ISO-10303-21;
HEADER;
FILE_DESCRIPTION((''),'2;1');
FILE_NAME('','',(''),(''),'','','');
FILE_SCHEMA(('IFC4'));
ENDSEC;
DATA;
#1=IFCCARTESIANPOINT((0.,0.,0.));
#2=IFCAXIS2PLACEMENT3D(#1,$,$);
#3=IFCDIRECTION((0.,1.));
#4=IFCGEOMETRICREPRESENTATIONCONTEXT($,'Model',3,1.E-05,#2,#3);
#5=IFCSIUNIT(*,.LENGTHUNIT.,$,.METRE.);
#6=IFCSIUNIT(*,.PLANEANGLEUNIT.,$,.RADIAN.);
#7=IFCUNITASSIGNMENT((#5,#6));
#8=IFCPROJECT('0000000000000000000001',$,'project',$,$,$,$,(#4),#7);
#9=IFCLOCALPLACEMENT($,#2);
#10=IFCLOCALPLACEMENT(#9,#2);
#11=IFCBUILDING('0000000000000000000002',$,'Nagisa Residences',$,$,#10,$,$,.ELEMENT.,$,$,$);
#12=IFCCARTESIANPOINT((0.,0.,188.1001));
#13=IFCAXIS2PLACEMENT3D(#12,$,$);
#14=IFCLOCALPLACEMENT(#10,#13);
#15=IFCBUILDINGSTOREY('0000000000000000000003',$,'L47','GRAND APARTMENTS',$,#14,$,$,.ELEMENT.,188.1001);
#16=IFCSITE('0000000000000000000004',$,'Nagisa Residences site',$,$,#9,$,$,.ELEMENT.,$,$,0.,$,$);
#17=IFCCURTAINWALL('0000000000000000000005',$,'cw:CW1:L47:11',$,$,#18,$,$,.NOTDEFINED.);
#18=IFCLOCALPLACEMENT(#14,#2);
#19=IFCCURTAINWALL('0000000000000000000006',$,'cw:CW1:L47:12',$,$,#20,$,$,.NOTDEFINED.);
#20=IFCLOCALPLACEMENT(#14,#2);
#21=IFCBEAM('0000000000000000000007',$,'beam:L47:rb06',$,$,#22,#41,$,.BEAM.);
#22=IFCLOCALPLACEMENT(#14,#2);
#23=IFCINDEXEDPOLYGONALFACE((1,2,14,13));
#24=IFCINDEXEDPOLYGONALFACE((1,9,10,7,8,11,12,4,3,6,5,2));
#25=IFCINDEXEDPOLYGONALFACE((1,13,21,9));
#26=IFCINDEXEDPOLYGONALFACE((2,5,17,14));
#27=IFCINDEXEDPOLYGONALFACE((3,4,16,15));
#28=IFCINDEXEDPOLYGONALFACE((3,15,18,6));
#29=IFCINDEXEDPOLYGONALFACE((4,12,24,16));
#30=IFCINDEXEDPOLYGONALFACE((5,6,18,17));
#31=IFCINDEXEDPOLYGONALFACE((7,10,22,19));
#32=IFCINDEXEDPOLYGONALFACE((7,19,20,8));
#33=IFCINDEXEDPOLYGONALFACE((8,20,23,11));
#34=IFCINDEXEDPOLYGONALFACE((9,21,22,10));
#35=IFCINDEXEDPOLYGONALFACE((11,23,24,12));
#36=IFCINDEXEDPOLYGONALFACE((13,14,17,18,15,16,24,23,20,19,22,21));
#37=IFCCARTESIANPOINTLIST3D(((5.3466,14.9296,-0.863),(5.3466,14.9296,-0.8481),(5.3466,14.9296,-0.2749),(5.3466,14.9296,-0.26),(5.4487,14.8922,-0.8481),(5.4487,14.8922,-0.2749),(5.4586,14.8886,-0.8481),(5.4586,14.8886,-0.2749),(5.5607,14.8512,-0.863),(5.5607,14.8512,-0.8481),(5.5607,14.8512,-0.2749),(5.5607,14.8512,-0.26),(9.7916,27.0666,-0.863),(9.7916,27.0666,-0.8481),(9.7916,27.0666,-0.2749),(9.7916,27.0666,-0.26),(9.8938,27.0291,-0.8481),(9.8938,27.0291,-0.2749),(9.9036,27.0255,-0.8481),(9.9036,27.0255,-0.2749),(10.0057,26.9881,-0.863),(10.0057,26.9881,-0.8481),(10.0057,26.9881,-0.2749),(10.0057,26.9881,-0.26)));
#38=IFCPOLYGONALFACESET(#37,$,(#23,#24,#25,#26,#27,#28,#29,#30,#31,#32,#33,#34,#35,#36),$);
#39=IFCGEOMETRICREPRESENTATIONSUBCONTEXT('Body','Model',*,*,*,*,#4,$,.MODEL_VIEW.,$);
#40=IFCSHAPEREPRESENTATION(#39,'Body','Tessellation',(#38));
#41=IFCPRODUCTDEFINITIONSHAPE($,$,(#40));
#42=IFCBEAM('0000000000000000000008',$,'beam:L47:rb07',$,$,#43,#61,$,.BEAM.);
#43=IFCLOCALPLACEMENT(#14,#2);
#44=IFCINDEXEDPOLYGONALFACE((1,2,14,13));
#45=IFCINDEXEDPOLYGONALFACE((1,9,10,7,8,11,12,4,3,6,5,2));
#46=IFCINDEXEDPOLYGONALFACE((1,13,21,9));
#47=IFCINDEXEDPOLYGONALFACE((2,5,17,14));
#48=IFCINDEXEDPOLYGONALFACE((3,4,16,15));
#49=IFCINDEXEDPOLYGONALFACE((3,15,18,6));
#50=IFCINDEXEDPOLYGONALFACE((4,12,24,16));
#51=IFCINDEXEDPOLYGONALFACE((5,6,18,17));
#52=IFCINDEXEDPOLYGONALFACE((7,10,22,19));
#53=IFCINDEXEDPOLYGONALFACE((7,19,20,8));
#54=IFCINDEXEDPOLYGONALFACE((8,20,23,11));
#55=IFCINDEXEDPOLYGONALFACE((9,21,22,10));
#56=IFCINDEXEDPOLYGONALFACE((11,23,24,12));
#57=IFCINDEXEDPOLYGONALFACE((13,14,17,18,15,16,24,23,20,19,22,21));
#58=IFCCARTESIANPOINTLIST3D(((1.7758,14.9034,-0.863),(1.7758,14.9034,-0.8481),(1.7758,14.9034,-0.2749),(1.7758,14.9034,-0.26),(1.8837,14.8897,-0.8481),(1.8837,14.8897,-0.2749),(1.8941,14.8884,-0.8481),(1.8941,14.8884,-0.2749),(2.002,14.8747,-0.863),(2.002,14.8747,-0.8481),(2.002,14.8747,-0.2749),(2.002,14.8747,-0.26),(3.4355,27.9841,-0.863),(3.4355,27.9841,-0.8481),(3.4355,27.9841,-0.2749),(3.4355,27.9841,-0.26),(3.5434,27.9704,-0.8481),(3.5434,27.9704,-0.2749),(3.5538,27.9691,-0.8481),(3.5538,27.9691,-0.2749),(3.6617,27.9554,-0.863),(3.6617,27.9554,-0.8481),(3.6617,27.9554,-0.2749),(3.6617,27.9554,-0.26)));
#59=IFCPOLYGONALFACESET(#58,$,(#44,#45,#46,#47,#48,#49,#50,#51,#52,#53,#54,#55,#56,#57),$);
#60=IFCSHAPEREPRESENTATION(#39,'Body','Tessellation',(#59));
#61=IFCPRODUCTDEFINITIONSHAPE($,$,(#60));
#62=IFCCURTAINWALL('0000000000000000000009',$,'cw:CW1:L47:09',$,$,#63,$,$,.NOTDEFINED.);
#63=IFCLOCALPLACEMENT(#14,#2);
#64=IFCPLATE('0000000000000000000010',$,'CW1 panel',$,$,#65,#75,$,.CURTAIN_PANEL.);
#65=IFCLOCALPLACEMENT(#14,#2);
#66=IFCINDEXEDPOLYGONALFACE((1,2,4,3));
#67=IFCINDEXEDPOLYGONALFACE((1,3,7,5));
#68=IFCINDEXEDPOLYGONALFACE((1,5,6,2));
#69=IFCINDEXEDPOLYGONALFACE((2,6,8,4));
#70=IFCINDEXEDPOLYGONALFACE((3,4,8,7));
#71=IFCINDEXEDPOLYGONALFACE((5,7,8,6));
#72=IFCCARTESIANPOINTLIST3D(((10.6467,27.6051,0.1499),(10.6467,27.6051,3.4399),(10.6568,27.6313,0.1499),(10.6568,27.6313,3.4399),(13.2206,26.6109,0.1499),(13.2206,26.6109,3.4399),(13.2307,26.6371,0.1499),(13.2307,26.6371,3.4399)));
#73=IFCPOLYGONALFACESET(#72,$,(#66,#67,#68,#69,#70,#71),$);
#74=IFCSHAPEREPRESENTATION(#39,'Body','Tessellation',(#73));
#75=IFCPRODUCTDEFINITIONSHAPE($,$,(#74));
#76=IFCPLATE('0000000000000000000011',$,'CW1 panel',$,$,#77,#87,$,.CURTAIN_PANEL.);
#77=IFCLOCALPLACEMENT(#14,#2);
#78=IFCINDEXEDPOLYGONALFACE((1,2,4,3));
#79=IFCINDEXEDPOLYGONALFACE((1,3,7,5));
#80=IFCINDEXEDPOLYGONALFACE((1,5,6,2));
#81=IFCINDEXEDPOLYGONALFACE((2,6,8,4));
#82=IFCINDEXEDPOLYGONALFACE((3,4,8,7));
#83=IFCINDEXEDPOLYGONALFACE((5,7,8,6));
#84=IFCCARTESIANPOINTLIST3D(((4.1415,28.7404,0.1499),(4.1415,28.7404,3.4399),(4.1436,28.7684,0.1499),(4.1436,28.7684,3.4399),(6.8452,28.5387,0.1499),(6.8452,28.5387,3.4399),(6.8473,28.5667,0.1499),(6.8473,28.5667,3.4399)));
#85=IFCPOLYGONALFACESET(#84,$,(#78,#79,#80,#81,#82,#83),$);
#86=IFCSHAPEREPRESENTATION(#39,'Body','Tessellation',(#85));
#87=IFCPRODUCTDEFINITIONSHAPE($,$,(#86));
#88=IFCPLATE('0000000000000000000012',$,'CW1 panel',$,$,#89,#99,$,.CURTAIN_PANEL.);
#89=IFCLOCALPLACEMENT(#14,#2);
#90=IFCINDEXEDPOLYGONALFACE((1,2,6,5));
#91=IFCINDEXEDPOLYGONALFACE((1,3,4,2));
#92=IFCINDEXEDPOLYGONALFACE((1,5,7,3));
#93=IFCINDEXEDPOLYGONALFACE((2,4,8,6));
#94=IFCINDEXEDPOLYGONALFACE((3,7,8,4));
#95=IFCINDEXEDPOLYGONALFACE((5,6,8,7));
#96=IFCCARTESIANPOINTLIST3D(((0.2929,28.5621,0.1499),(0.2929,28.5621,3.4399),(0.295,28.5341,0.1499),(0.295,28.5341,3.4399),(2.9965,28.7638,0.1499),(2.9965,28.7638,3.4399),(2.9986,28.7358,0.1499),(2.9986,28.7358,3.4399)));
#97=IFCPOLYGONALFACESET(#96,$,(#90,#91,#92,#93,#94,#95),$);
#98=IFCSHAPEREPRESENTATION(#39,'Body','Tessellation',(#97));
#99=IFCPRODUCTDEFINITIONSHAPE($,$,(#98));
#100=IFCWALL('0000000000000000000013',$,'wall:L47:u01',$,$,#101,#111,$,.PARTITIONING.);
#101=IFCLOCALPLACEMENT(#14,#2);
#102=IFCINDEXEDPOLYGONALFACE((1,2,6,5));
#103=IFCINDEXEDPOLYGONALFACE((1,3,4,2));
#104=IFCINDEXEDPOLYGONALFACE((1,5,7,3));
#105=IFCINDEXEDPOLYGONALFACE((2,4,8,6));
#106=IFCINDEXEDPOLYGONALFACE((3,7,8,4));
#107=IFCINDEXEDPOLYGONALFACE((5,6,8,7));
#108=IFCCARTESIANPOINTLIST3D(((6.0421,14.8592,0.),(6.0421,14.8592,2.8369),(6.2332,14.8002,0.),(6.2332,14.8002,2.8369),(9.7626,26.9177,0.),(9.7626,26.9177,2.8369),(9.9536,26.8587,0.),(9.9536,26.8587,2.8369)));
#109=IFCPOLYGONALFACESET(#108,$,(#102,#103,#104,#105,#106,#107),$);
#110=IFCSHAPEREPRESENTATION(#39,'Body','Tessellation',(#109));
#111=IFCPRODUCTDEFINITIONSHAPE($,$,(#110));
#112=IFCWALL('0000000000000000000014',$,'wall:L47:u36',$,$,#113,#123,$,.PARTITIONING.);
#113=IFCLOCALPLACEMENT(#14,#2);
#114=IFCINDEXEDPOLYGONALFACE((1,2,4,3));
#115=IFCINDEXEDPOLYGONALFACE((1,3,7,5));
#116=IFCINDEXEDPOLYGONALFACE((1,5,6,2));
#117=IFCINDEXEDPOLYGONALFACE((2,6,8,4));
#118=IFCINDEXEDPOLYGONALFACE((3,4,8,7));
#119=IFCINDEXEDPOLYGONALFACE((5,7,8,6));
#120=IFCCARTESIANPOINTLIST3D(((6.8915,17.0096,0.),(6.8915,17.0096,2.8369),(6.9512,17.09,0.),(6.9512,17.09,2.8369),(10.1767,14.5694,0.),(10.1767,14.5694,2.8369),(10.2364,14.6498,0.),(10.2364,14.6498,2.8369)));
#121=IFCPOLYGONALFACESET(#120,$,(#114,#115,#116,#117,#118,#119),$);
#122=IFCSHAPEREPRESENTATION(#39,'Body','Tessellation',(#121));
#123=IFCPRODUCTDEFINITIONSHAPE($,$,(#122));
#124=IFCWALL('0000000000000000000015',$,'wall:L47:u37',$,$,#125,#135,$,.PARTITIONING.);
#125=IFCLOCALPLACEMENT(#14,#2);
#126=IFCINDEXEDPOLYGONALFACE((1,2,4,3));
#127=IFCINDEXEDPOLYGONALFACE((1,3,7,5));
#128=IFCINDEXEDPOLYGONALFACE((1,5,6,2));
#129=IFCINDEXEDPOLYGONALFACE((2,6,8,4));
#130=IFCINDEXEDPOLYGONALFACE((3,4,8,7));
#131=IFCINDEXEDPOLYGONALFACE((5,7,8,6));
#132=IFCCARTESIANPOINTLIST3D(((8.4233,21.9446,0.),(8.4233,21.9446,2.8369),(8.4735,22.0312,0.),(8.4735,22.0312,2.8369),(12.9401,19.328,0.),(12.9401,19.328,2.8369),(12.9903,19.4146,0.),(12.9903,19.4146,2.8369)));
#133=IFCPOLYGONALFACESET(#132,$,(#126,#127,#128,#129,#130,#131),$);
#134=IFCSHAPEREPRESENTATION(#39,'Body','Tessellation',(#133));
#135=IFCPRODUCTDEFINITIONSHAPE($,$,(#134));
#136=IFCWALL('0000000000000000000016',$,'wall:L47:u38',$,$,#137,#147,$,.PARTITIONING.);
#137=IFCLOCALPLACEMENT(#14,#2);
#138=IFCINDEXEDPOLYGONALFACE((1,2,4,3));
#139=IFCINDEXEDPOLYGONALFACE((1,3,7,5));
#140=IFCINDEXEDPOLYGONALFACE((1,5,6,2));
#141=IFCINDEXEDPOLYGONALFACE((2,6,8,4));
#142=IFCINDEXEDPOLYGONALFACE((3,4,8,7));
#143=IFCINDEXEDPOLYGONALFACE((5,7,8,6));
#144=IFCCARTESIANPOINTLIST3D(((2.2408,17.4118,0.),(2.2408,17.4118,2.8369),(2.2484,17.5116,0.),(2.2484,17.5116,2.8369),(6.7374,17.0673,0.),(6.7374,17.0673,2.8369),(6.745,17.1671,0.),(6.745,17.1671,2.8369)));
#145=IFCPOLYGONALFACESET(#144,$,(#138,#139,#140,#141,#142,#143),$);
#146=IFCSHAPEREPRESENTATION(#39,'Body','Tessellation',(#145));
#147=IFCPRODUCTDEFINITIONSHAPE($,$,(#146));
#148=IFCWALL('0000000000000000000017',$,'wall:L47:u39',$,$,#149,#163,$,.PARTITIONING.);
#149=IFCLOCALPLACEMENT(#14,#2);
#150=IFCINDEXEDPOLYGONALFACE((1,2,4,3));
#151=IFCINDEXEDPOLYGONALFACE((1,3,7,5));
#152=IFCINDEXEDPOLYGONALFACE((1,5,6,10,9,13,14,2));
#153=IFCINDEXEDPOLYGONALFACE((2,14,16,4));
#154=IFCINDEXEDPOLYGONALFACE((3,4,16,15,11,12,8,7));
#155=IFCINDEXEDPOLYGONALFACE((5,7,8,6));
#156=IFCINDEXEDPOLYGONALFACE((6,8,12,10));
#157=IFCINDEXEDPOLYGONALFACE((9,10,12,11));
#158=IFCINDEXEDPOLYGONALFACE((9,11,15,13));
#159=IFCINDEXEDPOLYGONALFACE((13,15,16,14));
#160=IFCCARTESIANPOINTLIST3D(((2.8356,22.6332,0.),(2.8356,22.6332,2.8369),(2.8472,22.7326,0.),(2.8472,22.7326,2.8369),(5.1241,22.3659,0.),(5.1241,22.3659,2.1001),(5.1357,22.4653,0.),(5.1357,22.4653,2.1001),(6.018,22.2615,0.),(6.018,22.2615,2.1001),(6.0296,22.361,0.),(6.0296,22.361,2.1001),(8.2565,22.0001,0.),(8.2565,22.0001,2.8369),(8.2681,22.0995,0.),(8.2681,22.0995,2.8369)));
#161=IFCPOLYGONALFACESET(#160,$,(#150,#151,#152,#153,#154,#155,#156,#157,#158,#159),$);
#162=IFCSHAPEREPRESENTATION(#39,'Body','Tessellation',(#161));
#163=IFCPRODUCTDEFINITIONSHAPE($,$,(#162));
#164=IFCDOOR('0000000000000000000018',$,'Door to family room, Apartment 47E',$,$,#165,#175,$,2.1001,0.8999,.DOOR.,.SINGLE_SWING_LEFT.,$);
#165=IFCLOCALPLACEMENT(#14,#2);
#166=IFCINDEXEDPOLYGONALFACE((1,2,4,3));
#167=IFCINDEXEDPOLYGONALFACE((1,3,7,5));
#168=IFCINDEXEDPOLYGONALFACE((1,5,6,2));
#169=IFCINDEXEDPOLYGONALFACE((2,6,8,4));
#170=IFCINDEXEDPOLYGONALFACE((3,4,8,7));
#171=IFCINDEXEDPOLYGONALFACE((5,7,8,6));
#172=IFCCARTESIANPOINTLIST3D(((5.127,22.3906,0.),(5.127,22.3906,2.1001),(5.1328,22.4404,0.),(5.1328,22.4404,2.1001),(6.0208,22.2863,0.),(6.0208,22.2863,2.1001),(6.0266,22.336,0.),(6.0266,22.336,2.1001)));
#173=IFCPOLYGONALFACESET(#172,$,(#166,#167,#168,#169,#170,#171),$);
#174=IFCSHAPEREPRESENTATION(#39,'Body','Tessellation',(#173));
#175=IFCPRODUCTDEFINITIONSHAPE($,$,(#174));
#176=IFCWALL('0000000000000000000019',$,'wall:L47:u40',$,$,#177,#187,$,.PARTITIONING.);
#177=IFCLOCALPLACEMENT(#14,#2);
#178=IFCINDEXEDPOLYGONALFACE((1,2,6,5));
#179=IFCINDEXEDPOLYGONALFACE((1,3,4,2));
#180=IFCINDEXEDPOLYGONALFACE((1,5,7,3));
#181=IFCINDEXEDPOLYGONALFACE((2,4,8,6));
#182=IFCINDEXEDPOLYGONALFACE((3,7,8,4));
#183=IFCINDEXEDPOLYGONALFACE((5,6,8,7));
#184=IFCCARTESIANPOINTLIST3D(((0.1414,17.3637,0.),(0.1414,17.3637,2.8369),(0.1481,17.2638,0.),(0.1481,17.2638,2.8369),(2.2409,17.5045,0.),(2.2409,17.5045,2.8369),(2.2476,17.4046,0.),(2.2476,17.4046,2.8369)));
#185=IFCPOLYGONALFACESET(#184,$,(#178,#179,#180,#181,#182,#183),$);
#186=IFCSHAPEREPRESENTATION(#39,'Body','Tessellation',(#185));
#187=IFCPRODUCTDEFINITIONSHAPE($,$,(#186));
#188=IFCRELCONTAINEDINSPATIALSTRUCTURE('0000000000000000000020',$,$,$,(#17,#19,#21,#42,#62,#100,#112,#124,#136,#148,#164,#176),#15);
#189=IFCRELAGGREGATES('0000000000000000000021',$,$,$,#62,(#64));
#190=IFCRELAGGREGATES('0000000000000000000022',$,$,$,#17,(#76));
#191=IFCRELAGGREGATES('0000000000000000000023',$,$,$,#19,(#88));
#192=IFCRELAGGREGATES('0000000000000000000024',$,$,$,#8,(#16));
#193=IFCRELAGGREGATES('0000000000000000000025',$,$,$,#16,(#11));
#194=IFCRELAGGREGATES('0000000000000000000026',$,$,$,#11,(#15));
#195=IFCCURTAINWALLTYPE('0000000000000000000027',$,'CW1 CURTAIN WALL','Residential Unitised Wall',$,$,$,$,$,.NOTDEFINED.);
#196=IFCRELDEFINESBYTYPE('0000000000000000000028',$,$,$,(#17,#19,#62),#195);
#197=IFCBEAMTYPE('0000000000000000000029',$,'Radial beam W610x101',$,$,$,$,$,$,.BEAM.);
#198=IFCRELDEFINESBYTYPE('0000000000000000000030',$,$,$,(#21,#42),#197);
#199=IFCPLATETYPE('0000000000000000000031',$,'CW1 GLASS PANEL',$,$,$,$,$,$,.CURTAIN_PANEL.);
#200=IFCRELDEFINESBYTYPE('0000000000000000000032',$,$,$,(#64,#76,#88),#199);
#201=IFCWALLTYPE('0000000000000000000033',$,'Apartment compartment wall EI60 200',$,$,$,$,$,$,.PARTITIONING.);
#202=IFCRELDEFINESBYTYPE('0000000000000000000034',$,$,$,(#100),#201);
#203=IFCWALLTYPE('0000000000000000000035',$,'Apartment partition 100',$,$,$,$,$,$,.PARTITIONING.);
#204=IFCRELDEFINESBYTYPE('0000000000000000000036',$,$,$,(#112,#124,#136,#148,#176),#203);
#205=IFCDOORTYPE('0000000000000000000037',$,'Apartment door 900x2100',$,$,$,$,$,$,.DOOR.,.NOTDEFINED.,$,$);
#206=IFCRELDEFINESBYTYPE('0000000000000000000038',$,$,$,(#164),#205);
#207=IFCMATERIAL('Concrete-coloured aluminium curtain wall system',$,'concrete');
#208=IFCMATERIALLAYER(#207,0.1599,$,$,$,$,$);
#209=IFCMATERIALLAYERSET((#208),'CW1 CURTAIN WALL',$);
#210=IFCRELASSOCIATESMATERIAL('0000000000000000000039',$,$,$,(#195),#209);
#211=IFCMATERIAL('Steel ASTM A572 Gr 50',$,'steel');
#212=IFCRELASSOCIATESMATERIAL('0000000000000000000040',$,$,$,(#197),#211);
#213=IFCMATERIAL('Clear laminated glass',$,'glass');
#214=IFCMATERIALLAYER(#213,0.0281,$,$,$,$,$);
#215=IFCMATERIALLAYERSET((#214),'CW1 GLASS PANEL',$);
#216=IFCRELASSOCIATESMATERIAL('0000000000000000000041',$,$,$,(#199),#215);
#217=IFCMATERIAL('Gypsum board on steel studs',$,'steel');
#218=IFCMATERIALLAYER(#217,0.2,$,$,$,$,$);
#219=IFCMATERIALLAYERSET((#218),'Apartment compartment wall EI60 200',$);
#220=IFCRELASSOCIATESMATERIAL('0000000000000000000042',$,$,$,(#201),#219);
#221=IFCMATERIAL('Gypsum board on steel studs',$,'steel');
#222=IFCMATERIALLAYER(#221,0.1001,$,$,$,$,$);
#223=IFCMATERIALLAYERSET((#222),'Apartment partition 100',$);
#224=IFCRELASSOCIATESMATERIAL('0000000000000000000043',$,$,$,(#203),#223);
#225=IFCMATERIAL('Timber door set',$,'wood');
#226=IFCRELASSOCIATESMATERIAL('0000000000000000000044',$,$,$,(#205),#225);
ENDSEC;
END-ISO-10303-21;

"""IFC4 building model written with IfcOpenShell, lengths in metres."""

from ifc_helpers import new_model, si_unit, direction, frame, frame_2d, origin, origin_2d, place, context, subcontext, project, spatial, rectangle, i_section, extrude, material, layer, layer_set, material_profile, profile_set, type_object, element, fill, aggregate, save


model = new_model("IFC4")

# Units and contexts
model_context = context("Model", 3, precision=1e-05, world=origin(), true_north=direction((0.0, 1.0)))
body_context = subcontext(model_context, "Body", "Model", "MODEL_VIEW")
ifc_project = project(units=[si_unit("LENGTHUNIT", "METRE"), si_unit("PLANEANGLEUNIT", "RADIAN")], contexts=[model_context])

# Site, building, storey
site_placement = place(None, origin())
site = spatial("IfcSite", under=ifc_project, at=site_placement, Name="Nagisa Residences site", CompositionType="ELEMENT", RefElevation=0.0)
building_placement = place(site_placement, origin())
building = spatial("IfcBuilding", under=site, at=building_placement, Name="Nagisa Residences", CompositionType="ELEMENT")
storey_placement = place(building_placement, frame((0.0, 0.0, 188.1001)))
storey = spatial("IfcBuildingStorey", under=building, at=storey_placement, Name="L47", Description="GRAND APARTMENTS", CompositionType="ELEMENT", Elevation=188.1001)

# Curtain walls
ifc_material_1 = material(Name="Concrete-coloured aluminium curtain wall system", Category="concrete")
ifc_layer_1 = layer(ifc_material_1, 0.1599)
ifc_layer_set_1 = layer_set([ifc_layer_1], Name="CW1 CURTAIN WALL")
curtain_wall_type = type_object("IfcCurtainWallType", Name="CW1 CURTAIN WALL", Description="Residential Unitised Wall", PredefinedType="NOTDEFINED", material=ifc_layer_set_1)
curtain_wall_1_placement = place(storey_placement, origin())
curtain_wall_1 = element("IfcCurtainWall", 1, at=curtain_wall_1_placement, inside=storey, type_object=curtain_wall_type, Name="cw:CW1:L47:11", PredefinedType="NOTDEFINED")
curtain_wall_2_placement = place(storey_placement, origin())
curtain_wall_2 = element("IfcCurtainWall", 2, at=curtain_wall_2_placement, inside=storey, type_object=curtain_wall_type, Name="cw:CW1:L47:12", PredefinedType="NOTDEFINED")

# Beams
ifc_material_2 = material(Name="Steel ASTM A572 Gr 50", Category="steel")
ifc_material_profile_1 = material_profile(ifc_material_2, i_section(OverallWidth=0.228, OverallDepth=0.603, WebThickness=0.0105, FlangeThickness=0.0149, at=origin_2d()), Name="W610x101")
ifc_profile_set_1 = profile_set([ifc_material_profile_1], Name="Steel ASTM A572 Gr 50")
beam_type_1 = type_object("IfcBeamType", Name="Radial beam W610x101", PredefinedType="BEAM", material=ifc_profile_set_1)
beam_1_placement = place(storey_placement, frame((9.8987, 27.0273, -0.5615), z_axis=(-0.343903, -0.939005, 0.0), x_axis=(0.939005, -0.343903, 0.0)))
element("IfcBeam", 3, at=beam_1_placement, inside=storey, type_object=beam_type_1, Name="beam:L47:rb06", PredefinedType="BEAM", context=body_context, shape_type="SweptSolid", body=[
    extrude(i_section(OverallWidth=0.228, OverallDepth=0.603, WebThickness=0.0105, FlangeThickness=0.0149, at=origin_2d()), origin(), (0.0, 0.0, 1.0), 12.9253),
])
beam_2_placement = place(storey_placement, frame((3.5486, 27.9697, -0.5615), z_axis=(-0.125871, -0.992047, 0.0), x_axis=(0.992047, -0.125871, 0.0)))
element("IfcBeam", 4, at=beam_2_placement, inside=storey, type_object=beam_type_1, Name="beam:L47:rb07", PredefinedType="BEAM", context=body_context, shape_type="SweptSolid", body=[
    extrude(i_section(OverallWidth=0.228, OverallDepth=0.603, WebThickness=0.0105, FlangeThickness=0.0149, at=origin_2d()), origin(), (0.0, 0.0, 1.0), 13.1855),
])

# Curtain wall, plate
curtain_wall_3_placement = place(storey_placement, origin())
curtain_wall_3 = element("IfcCurtainWall", 5, at=curtain_wall_3_placement, inside=storey, type_object=curtain_wall_type, Name="cw:CW1:L47:09", PredefinedType="NOTDEFINED")
ifc_material_3 = material(Name="Clear laminated glass", Category="glass")
ifc_layer_2 = layer(ifc_material_3, 0.0281)
ifc_layer_set_2 = layer_set([ifc_layer_2], Name="CW1 GLASS PANEL")
plate_type = type_object("IfcPlateType", Name="CW1 GLASS PANEL", PredefinedType="CURTAIN_PANEL", material=ifc_layer_set_2)
plate_1_placement = place(storey_placement, frame((11.9387, 27.1211, 0.1499), z_axis=(0.0, 0.0, 1.0), x_axis=(-0.932826, 0.360328, 0.0)))
plate_1 = element("IfcPlate", 6, at=plate_1_placement, type_object=plate_type, Name="CW1 panel", PredefinedType="CURTAIN_PANEL", context=body_context, shape_type="SweptSolid", body=[
    extrude(rectangle(XDim=2.7593, YDim=0.0281, at=origin_2d()), origin(), (0.0, 0.0, 1.0), 3.29),
])
aggregate(curtain_wall_3, [plate_1])

# Plates
plate_2_placement = place(storey_placement, frame((5.4944, 28.6536, 0.1499), z_axis=(0.0, 0.0, 1.0), x_axis=(-0.99723, 0.074377, 0.0)))
plate_2 = element("IfcPlate", 7, at=plate_2_placement, type_object=plate_type, Name="CW1 panel", PredefinedType="CURTAIN_PANEL", context=body_context, shape_type="SweptSolid", body=[
    extrude(rectangle(XDim=2.7112, YDim=0.0281, at=origin_2d()), origin(), (0.0, 0.0, 1.0), 3.29),
])
aggregate(curtain_wall_1, [plate_2])
plate_3_placement = place(storey_placement, frame((1.6458, 28.6489, 0.1499), z_axis=(0.0, 0.0, 1.0), x_axis=(-0.99723, -0.074377, 0.0)))
plate_3 = element("IfcPlate", 8, at=plate_3_placement, type_object=plate_type, Name="CW1 panel", PredefinedType="CURTAIN_PANEL", context=body_context, shape_type="SweptSolid", body=[
    extrude(rectangle(XDim=2.7112, YDim=0.0281, at=origin_2d()), origin(), (0.0, 0.0, 1.0), 3.29),
])
aggregate(curtain_wall_2, [plate_3])

# Walls
ifc_material_4 = material(Name="Gypsum board on steel studs", Category="steel")
ifc_layer_3 = layer(ifc_material_4, 0.2)
ifc_layer_set_3 = layer_set([ifc_layer_3], Name="Apartment compartment wall EI60 200")
wall_type_1 = type_object("IfcWallType", Name="Apartment compartment wall EI60 200", PredefinedType="PARTITIONING", material=ifc_layer_set_3)
wall_1_placement = place(storey_placement, frame((6.1377, 14.8298, 0.0), z_axis=(0.0, 0.0, 1.0), x_axis=(0.294819, 0.955553, 0.0)))
element("IfcWall", 9, at=wall_1_placement, inside=storey, type_object=wall_type_1, Name="wall:L47:u01", PredefinedType="PARTITIONING", context=body_context, shape_type="SweptSolid", body=[
    extrude(rectangle(XDim=12.6194, YDim=0.2, at=frame_2d((6.3096, 0.0))), origin(), (0.0, 0.0, 1.0), 2.8369),
])
ifc_material_5 = material(Name="Gypsum board on steel studs", Category="steel")
ifc_layer_4 = layer(ifc_material_5, 0.1001)
ifc_layer_set_4 = layer_set([ifc_layer_4], Name="Apartment partition 100")
wall_type_2 = type_object("IfcWallType", Name="Apartment partition 100", PredefinedType="PARTITIONING", material=ifc_layer_set_4)
wall_2_placement = place(storey_placement, frame((10.2065, 14.6096, 0.0), z_axis=(0.0, 0.0, 1.0), x_axis=(-0.802769, 0.59629, 0.0)))
element("IfcWall", 10, at=wall_2_placement, inside=storey, type_object=wall_type_2, Name="wall:L47:u36", PredefinedType="PARTITIONING", context=body_context, shape_type="SweptSolid", body=[
    extrude(rectangle(XDim=4.0923, YDim=0.1001, at=frame_2d((2.0461, 0.0))), origin(), (0.0, 0.0, 1.0), 2.8369),
])
wall_3_placement = place(storey_placement, frame((12.9651, 19.3713, 0.0), z_axis=(0.0, 0.0, 1.0), x_axis=(-0.865286, 0.501278, 0.0)))
element("IfcWall", 11, at=wall_3_placement, inside=storey, type_object=wall_type_2, Name="wall:L47:u37", PredefinedType="PARTITIONING", context=body_context, shape_type="SweptSolid", body=[
    extrude(rectangle(XDim=5.22, YDim=0.1001, at=frame_2d((2.6099, 0.0))), origin(), (0.0, 0.0, 1.0), 2.8369),
])
wall_4_placement = place(storey_placement, frame((6.7412, 17.1172, 0.0), z_axis=(0.0, 0.0, 1.0), x_axis=(-0.997078, 0.076386, 0.0)))
element("IfcWall", 12, at=wall_4_placement, inside=storey, type_object=wall_type_2, Name="wall:L47:u38", PredefinedType="PARTITIONING", context=body_context, shape_type="SweptSolid", body=[
    extrude(rectangle(XDim=4.5098, YDim=0.1001, at=frame_2d((2.2549, 0.0))), origin(), (0.0, 0.0, 1.0), 2.8369),
])

# Wall, opening, door
wall_5_placement = place(storey_placement, frame((8.2625, 22.0498, 0.0), z_axis=(0.0, 0.0, 1.0), x_axis=(-0.99325, 0.115993, 0.0)))
wall_5 = element("IfcWall", 13, at=wall_5_placement, inside=storey, type_object=wall_type_2, Name="wall:L47:u39", PredefinedType="PARTITIONING", context=body_context, shape_type="SweptSolid", body=[
    extrude(rectangle(XDim=5.4578, YDim=0.1001, at=frame_2d((2.729, 0.0))), origin(), (0.0, 0.0, 1.0), 2.8369),
])
opening_1_placement = place(wall_5_placement, frame((2.2539, 0.0, 0.0)))
opening_1 = element("IfcOpeningElement", 14, at=opening_1_placement, cuts=wall_5, PredefinedType="OPENING", context=body_context, shape_type="SweptSolid", body=[
    extrude(rectangle(XDim=0.8999, YDim=2.1001, at=frame_2d((0.45, 1.05))), frame((0.0, 0.0601, 0.0), z_axis=(0.0, -1.0, 0.0), x_axis=(1.0, 0.0, 0.0)), (0.0, 0.0, 1.0), 0.1201),
])
ifc_material_6 = material(Name="Timber door set", Category="wood")
door_type_1 = type_object("IfcDoorType", Name="Apartment door 900x2100", OperationType="NOTDEFINED", PredefinedType="DOOR", material=ifc_material_6)
door_1_placement = place(opening_1_placement, frame((0.8999, 0.0, 0.0), x_axis=(-1.0, 0.0, 0.0)))
door_1 = element("IfcDoor", 15, at=door_1_placement, inside=storey, type_object=door_type_1, Name="Door to family room, Apartment 47E", OperationType="SINGLE_SWING_LEFT", OverallHeight=2.1001, OverallWidth=0.8999, PredefinedType="DOOR", context=body_context, shape_type="SweptSolid", body=[
    extrude(rectangle(XDim=0.8999, YDim=2.1001, at=frame_2d((0.45, 1.05))), frame((0.0, 0.0249, 0.0), z_axis=(0.0, -1.0, 0.0), x_axis=(1.0, 0.0, 0.0)), (0.0, 0.0, 1.0), 0.05),
])
fill(opening_1, door_1)

# Wall
wall_6_placement = place(storey_placement, frame((2.2444, 17.4546, 0.0), z_axis=(0.0, 0.0, 1.0), x_axis=(-0.997757, -0.066943, 0.0)))
element("IfcWall", 16, at=wall_6_placement, inside=storey, type_object=wall_type_2, Name="wall:L47:u40", PredefinedType="PARTITIONING", context=body_context, shape_type="SweptSolid", body=[
    extrude(rectangle(XDim=2.1042, YDim=0.1001, at=frame_2d((1.0522, 0.0))), origin(), (0.0, 0.0, 1.0), 2.8369),
])

save(model, "model.ifc")
